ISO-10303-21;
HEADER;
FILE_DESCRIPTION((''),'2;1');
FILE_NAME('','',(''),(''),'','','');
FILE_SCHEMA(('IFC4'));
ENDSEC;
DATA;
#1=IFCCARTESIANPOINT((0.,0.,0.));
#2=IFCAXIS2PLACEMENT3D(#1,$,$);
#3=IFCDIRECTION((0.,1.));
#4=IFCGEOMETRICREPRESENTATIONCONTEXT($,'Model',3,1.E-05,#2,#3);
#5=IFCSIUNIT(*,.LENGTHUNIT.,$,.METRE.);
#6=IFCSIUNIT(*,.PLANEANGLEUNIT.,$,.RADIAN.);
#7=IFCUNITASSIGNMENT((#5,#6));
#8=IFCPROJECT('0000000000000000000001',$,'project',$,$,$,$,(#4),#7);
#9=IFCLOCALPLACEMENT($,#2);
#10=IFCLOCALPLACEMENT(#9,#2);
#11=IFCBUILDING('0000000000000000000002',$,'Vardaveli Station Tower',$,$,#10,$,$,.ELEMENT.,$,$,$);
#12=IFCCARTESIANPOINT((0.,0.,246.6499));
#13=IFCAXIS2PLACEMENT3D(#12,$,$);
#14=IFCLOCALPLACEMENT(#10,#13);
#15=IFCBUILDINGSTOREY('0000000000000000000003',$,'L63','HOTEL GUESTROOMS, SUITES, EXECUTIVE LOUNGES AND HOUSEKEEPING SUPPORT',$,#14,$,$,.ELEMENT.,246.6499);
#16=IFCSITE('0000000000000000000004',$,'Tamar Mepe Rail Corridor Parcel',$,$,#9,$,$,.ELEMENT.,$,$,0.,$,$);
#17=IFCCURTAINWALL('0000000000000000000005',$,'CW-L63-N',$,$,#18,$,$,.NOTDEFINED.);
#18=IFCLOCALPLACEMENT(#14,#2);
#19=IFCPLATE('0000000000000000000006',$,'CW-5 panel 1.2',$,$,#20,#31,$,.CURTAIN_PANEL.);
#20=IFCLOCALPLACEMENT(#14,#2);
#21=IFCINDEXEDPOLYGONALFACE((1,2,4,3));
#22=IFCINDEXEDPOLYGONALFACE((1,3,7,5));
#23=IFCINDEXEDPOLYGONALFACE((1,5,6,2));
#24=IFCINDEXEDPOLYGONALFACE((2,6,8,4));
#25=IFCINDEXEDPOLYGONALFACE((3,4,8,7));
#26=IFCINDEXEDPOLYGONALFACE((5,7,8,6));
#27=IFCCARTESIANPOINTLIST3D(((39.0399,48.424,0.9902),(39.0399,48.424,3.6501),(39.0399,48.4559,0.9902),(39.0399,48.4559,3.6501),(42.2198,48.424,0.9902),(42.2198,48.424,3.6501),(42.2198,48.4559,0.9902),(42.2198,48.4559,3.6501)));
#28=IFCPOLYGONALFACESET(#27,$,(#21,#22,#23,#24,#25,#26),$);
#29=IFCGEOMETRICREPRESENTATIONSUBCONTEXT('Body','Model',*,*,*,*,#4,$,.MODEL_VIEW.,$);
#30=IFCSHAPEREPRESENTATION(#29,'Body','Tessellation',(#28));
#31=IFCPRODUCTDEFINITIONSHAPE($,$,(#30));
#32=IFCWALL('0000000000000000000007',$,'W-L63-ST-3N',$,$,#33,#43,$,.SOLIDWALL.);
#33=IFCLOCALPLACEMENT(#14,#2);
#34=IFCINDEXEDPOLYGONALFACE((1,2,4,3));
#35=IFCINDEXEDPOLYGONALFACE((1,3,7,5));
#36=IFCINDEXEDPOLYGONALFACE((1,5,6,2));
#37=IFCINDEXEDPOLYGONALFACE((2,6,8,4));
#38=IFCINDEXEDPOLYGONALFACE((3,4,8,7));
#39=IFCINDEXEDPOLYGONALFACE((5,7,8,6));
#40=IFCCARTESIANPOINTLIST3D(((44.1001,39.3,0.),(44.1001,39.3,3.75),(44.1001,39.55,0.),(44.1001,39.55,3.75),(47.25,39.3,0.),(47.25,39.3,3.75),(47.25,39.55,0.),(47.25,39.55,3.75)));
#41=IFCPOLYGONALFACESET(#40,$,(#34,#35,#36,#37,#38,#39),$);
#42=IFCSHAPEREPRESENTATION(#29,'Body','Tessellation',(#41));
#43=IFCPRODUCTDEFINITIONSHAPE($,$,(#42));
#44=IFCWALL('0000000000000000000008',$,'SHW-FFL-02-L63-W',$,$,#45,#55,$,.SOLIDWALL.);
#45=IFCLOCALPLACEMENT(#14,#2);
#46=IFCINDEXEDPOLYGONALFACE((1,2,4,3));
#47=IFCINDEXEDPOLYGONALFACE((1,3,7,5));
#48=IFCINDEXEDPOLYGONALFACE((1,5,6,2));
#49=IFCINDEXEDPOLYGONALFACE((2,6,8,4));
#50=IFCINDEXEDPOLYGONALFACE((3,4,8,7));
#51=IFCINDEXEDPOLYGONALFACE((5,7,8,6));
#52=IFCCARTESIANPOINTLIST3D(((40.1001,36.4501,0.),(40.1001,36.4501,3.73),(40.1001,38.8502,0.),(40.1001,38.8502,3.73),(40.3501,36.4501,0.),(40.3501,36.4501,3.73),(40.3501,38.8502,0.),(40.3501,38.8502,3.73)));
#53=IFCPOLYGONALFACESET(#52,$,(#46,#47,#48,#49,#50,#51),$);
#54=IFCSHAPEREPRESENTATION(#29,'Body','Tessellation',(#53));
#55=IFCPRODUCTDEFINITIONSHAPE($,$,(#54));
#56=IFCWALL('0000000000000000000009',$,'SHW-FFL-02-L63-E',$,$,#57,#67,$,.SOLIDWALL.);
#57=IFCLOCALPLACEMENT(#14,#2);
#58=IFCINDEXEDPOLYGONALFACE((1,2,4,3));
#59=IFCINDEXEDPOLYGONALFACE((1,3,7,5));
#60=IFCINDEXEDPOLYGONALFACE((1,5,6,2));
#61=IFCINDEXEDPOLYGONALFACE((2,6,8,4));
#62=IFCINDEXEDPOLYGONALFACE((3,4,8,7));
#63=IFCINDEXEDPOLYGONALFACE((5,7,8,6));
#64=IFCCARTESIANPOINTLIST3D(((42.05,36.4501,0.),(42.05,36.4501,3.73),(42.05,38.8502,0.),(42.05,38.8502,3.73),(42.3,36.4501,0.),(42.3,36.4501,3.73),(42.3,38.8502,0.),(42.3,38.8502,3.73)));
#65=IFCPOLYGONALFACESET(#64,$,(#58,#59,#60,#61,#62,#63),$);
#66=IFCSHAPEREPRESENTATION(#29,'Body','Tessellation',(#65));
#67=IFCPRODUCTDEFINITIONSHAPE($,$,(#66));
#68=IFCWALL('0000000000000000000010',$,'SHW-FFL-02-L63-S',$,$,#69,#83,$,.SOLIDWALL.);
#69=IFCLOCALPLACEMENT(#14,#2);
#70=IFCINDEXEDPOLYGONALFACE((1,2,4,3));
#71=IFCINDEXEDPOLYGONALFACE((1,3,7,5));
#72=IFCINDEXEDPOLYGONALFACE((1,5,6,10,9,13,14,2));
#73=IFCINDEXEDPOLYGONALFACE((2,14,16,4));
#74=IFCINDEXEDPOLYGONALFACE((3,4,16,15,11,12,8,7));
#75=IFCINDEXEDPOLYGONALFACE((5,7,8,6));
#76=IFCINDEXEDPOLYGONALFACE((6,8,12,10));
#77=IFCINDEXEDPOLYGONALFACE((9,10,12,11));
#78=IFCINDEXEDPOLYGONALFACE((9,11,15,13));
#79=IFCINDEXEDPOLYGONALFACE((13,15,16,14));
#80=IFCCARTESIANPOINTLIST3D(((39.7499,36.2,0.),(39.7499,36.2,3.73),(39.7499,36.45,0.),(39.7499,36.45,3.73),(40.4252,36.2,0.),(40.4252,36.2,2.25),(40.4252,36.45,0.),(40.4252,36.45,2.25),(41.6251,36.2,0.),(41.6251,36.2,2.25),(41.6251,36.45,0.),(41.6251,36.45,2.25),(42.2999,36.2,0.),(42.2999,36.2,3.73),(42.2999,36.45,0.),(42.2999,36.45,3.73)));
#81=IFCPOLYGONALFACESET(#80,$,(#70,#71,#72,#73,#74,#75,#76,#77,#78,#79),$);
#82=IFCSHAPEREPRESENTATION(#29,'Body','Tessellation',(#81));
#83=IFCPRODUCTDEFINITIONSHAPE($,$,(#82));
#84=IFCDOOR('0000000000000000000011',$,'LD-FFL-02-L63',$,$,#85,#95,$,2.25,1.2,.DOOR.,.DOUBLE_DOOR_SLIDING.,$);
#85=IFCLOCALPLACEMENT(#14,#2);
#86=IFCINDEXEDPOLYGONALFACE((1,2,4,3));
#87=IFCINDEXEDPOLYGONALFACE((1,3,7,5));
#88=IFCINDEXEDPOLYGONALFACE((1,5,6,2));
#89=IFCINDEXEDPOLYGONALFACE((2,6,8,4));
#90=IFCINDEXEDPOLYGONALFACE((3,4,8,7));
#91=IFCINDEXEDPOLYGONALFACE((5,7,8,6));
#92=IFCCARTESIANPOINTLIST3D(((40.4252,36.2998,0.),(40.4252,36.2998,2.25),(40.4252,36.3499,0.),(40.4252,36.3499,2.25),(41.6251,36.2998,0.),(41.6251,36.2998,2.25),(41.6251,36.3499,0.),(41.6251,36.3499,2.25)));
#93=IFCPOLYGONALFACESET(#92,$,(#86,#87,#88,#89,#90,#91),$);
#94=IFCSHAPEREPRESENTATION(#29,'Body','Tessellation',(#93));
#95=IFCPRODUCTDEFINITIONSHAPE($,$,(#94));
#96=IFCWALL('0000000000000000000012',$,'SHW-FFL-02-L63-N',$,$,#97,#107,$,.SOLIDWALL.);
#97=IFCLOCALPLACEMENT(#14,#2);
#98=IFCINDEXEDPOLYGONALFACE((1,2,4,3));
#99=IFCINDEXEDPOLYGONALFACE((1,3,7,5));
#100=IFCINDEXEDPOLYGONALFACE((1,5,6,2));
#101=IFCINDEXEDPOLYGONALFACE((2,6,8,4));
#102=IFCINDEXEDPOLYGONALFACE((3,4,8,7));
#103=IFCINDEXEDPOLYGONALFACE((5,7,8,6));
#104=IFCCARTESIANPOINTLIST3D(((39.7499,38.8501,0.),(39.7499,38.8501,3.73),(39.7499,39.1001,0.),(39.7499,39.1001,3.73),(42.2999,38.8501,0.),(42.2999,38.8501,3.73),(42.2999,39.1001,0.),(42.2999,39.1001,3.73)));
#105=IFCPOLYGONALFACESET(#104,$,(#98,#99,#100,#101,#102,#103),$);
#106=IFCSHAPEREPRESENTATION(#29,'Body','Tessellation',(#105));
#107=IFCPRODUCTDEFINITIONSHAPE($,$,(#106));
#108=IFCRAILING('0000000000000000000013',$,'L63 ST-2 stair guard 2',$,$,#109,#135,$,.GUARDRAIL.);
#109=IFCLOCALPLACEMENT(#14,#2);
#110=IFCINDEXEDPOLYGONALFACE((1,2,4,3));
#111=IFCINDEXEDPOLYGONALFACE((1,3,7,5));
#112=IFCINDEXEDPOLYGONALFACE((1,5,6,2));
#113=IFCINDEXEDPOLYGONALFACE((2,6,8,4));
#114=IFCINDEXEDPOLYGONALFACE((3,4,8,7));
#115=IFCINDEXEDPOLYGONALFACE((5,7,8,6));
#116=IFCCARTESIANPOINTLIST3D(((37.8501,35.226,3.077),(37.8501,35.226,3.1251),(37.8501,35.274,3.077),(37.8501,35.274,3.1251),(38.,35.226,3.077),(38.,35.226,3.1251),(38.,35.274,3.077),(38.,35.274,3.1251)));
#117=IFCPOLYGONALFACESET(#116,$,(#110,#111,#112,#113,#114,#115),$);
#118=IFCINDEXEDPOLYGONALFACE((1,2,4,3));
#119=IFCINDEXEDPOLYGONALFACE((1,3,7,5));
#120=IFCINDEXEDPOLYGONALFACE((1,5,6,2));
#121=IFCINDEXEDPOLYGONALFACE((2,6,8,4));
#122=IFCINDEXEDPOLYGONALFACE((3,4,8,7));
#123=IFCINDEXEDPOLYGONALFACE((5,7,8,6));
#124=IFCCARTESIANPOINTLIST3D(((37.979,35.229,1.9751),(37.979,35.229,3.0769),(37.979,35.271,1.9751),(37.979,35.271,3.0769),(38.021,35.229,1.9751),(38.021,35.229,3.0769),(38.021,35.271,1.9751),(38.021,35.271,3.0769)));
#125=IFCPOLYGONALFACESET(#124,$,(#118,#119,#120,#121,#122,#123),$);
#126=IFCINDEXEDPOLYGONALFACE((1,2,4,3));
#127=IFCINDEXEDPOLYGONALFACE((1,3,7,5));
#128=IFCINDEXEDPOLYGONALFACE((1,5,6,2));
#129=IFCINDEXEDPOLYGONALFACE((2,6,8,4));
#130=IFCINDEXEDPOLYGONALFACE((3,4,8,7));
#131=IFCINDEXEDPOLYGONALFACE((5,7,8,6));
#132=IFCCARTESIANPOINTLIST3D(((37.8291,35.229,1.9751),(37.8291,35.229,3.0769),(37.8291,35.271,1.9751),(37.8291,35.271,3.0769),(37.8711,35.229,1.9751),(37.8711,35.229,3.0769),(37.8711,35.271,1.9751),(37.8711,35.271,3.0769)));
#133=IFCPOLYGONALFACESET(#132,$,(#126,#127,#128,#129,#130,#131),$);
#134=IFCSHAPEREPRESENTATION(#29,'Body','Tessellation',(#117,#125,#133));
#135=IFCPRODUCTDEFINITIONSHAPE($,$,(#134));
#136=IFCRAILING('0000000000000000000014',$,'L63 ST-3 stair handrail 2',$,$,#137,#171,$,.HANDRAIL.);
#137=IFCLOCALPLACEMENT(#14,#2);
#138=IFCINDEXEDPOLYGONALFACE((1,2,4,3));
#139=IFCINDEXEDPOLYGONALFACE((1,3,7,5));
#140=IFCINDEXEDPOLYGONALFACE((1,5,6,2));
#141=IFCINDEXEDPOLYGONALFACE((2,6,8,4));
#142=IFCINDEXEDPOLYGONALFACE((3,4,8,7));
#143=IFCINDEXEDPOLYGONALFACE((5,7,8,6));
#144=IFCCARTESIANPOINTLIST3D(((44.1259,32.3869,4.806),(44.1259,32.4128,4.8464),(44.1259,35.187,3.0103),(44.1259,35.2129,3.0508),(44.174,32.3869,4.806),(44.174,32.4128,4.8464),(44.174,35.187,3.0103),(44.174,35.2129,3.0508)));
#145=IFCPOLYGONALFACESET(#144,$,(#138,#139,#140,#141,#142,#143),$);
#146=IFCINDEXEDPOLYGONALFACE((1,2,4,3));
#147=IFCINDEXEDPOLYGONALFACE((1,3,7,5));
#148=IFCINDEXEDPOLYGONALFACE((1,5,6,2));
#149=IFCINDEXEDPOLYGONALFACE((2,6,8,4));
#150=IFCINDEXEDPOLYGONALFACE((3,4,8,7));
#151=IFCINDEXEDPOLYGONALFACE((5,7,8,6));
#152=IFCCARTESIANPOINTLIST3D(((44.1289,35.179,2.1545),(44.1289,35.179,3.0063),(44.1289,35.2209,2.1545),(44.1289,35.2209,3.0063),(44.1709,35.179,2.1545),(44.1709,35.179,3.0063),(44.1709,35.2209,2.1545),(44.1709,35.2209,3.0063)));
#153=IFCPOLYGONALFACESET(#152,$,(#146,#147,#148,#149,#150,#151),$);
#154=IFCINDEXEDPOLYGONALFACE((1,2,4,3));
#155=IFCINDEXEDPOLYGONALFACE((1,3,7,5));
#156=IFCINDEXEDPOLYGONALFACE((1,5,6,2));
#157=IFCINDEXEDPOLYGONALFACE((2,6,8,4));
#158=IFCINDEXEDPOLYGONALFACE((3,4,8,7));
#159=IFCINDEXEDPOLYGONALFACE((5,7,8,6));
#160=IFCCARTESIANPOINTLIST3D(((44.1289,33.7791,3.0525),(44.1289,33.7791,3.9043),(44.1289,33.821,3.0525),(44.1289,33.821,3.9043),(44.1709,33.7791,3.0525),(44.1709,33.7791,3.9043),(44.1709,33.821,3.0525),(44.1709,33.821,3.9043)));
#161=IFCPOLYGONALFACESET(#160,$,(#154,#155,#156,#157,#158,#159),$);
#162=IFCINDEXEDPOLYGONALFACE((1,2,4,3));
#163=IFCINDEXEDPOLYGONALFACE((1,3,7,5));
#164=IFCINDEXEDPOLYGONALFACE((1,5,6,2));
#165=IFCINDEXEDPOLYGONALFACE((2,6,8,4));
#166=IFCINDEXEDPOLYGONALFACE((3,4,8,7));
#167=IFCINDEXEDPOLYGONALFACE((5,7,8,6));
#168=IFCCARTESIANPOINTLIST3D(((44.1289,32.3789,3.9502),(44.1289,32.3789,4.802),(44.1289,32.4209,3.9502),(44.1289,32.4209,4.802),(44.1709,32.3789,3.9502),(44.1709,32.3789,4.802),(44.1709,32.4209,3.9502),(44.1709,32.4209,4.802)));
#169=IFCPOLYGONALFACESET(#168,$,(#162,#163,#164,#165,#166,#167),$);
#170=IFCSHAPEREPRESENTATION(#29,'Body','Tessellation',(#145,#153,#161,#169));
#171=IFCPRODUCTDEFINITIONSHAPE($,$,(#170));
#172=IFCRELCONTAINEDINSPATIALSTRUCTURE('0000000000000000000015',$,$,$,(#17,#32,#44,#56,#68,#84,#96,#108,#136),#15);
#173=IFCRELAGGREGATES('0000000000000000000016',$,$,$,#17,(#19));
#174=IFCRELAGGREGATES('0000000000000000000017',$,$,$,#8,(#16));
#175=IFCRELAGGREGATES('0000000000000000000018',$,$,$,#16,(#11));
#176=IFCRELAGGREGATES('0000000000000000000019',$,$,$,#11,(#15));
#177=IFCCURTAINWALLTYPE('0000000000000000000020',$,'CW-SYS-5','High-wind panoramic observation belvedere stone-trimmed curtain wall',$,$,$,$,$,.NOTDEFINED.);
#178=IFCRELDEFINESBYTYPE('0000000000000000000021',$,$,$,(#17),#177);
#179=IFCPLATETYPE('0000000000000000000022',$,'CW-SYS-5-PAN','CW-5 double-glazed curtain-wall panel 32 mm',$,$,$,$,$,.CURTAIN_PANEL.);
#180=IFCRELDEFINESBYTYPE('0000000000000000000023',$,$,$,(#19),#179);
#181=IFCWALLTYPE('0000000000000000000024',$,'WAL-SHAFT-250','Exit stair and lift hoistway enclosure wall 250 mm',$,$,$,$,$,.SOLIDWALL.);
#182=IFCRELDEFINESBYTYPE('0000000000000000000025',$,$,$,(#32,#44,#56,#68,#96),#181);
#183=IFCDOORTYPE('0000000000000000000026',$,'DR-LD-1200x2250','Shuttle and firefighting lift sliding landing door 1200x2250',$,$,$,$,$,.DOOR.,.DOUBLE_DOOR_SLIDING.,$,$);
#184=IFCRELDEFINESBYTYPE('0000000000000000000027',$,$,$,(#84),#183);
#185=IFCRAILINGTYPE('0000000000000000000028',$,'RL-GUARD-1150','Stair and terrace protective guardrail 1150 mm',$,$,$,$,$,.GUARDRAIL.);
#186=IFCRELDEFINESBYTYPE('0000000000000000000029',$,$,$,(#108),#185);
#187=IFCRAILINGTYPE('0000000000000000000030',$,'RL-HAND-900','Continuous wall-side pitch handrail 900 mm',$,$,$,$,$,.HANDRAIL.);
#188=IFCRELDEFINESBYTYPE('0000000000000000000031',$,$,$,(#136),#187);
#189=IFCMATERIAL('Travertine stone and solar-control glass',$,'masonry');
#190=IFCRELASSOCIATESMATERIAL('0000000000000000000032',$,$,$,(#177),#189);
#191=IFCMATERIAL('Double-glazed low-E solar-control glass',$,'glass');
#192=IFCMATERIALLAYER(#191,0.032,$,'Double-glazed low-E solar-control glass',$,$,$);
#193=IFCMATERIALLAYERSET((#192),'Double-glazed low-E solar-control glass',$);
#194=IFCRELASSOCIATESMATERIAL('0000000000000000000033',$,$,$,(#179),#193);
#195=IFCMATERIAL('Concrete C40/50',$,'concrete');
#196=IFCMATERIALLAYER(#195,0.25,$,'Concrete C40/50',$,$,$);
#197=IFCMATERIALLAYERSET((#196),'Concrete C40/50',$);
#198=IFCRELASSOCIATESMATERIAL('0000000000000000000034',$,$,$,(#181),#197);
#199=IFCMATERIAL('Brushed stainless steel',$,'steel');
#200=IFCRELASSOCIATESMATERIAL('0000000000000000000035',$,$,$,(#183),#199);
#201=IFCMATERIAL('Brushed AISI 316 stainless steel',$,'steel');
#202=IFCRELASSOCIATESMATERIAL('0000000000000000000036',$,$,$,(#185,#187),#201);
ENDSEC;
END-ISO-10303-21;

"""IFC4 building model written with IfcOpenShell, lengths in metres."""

from ifc_helpers import new_model, si_unit, direction, frame, frame_2d, origin, origin_2d, place, context, subcontext, project, spatial, rectangle, extrude, source, transform, mapped, material, layer, layer_set, type_object, element, fill, aggregate, save


model = new_model("IFC4")

# Units and contexts
model_context = context("Model", 3, precision=1e-05, world=origin(), true_north=direction((0.0, 1.0)))
body_context = subcontext(model_context, "Body", "Model", "MODEL_VIEW")
ifc_project = project(units=[si_unit("LENGTHUNIT", "METRE"), si_unit("PLANEANGLEUNIT", "RADIAN")], contexts=[model_context])

# Site, building, storey
site_placement = place(None, origin())
site = spatial("IfcSite", under=ifc_project, at=site_placement, Name="Tamar Mepe Rail Corridor Parcel", CompositionType="ELEMENT", RefElevation=0.0)
building_placement = place(site_placement, origin())
building = spatial("IfcBuilding", under=site, at=building_placement, Name="Vardaveli Station Tower", CompositionType="ELEMENT")
storey_placement = place(building_placement, frame((0.0, 0.0, 246.6499)))
storey = spatial("IfcBuildingStorey", under=building, at=storey_placement, Name="L63", Description="HOTEL GUESTROOMS, SUITES, EXECUTIVE LOUNGES AND HOUSEKEEPING SUPPORT", CompositionType="ELEMENT", Elevation=246.6499)

# Curtain wall, plate
ifc_material_1 = material(Name="Travertine stone and solar-control glass", Category="masonry")
curtain_wall_type = type_object("IfcCurtainWallType", Name="CW-SYS-5", Description="High-wind panoramic observation belvedere stone-trimmed curtain wall", PredefinedType="NOTDEFINED", material=ifc_material_1)
curtain_wall_placement = place(storey_placement, origin())
curtain_wall = element("IfcCurtainWall", 1, at=curtain_wall_placement, inside=storey, type_object=curtain_wall_type, Name="CW-L63-N", PredefinedType="NOTDEFINED")
ifc_material_2 = material(Name="Double-glazed low-E solar-control glass", Category="glass")
ifc_layer_1 = layer(ifc_material_2, 0.032, Name="Double-glazed low-E solar-control glass")
ifc_layer_set_1 = layer_set([ifc_layer_1], Name="Double-glazed low-E solar-control glass")
plate_type = type_object("IfcPlateType", Name="CW-SYS-5-PAN", Description="CW-5 double-glazed curtain-wall panel 32 mm", PredefinedType="CURTAIN_PANEL", material=ifc_layer_set_1)
shared_shape_1 = source(origin(), body_context, "Body", "SweptSolid", [
    extrude(rectangle(XDim=3.1799, YDim=0.032, at=origin_2d()), origin(), (0.0, 0.0, 1.0), 2.6599),
])
plate_1_placement = place(storey_placement, frame((40.6299, 48.4399, 0.9902), z_axis=(0.0, 0.0, 1.0), x_axis=(-1.0, 0.0, 0.0)))
plate_1 = element("IfcPlate", 2, at=plate_1_placement, type_object=plate_type, Name="CW-5 panel 1.2", PredefinedType="CURTAIN_PANEL", context=body_context, shape_type="MappedRepresentation", body=[
    mapped(shared_shape_1, transform((0.0, 0.0, 0.0), scale=1.0)),
])
aggregate(curtain_wall, [plate_1])

# Walls
ifc_material_3 = material(Name="Concrete C40/50", Category="concrete")
ifc_layer_2 = layer(ifc_material_3, 0.25, Name="Concrete C40/50")
ifc_layer_set_2 = layer_set([ifc_layer_2], Name="Concrete C40/50")
wall_type = type_object("IfcWallType", Name="WAL-SHAFT-250", Description="Exit stair and lift hoistway enclosure wall 250 mm", PredefinedType="SOLIDWALL", material=ifc_layer_set_2)
shared_shape_2 = source(origin(), body_context, "Body", "SweptSolid", [
    extrude(rectangle(XDim=3.1499, YDim=0.25, at=frame_2d((1.575, 0.0))), origin(), (0.0, 0.0, 1.0), 3.75),
])
wall_1_placement = place(storey_placement, frame((44.1001, 39.425, 0.0), z_axis=(0.0, 0.0, 1.0), x_axis=(1.0, 0.0, 0.0)))
element("IfcWall", 3, at=wall_1_placement, inside=storey, type_object=wall_type, Name="W-L63-ST-3N", PredefinedType="SOLIDWALL", context=body_context, shape_type="MappedRepresentation", body=[
    mapped(shared_shape_2, transform((0.0, 0.0, 0.0), scale=1.0)),
])
shared_shape_3 = source(origin(), body_context, "Body", "SweptSolid", [
    extrude(rectangle(XDim=2.4001, YDim=0.25, at=frame_2d((1.2002, 0.0))), origin(), (0.0, 0.0, 1.0), 3.73),
])
for number, where, z_axis, x_axis, name in (
    (4, (40.2251, 36.45, 0.0), (0.0, 0.0, 1.0), (0.0, 1.0, 0.0), "SHW-FFL-02-L63-W"),
    (5, (42.175, 36.45, 0.0), (0.0, 0.0, 1.0), (0.0, 1.0, 0.0), "SHW-FFL-02-L63-E"),
):
    element("IfcWall", number, at=place(storey_placement, frame(where, z_axis=z_axis, x_axis=x_axis)), inside=storey, type_object=wall_type, Name=name, PredefinedType="SOLIDWALL", context=body_context, shape_type="MappedRepresentation", body=[
        mapped(shared_shape_3, transform((0.0, 0.0, 0.0), scale=1.0)),
    ])

# Wall, opening, door
shared_shape_4 = source(origin(), body_context, "Body", "SweptSolid", [
    extrude(rectangle(XDim=2.55, YDim=0.25, at=frame_2d((1.2749, 0.0))), origin(), (0.0, 0.0, 1.0), 3.73),
])
wall_2_placement = place(storey_placement, frame((39.75, 36.325, 0.0), z_axis=(0.0, 0.0, 1.0), x_axis=(1.0, 0.0, 0.0)))
wall_2 = element("IfcWall", 6, at=wall_2_placement, inside=storey, type_object=wall_type, Name="SHW-FFL-02-L63-S", PredefinedType="SOLIDWALL", context=body_context, shape_type="MappedRepresentation", body=[
    mapped(shared_shape_4, transform((0.0, 0.0, 0.0), scale=1.0)),
])
shared_shape_5 = source(origin(), body_context, "Body", "SweptSolid", [
    extrude(rectangle(XDim=1.2, YDim=2.25, at=frame_2d((0.6001, 1.125))), frame((0.0, 0.135, 0.0), z_axis=(0.0, -1.0, 0.0), x_axis=(1.0, 0.0, 0.0)), (0.0, 0.0, 1.0), 0.27),
])
opening_placement = place(wall_2_placement, frame((0.675, 0.0, 0.0)))
opening = element("IfcOpeningElement", 7, at=opening_placement, cuts=wall_2, PredefinedType="OPENING", context=body_context, shape_type="MappedRepresentation", body=[
    mapped(shared_shape_5, transform((0.0, 0.0, 0.0), scale=1.0)),
])
ifc_material_4 = material(Name="Brushed stainless steel", Category="steel")
door_type = type_object("IfcDoorType", Name="DR-LD-1200x2250", Description="Shuttle and firefighting lift sliding landing door 1200x2250", OperationType="DOUBLE_DOOR_SLIDING", PredefinedType="DOOR", material=ifc_material_4)
shared_shape_6 = source(origin(), body_context, "Body", "SweptSolid", [
    extrude(rectangle(XDim=1.2, YDim=2.25, at=frame_2d((0.6001, 1.125))), frame((0.0, 0.0249, 0.0), z_axis=(0.0, -1.0, 0.0), x_axis=(1.0, 0.0, 0.0)), (0.0, 0.0, 1.0), 0.05),
])
door_placement = place(opening_placement, origin())
door = element("IfcDoor", 8, at=door_placement, inside=storey, type_object=door_type, Name="LD-FFL-02-L63", OperationType="DOUBLE_DOOR_SLIDING", OverallHeight=2.25, OverallWidth=1.2, PredefinedType="DOOR", context=body_context, shape_type="MappedRepresentation", body=[
    mapped(shared_shape_6, transform((0.0, 0.0, 0.0), scale=1.0)),
])
fill(opening, door)

# Wall
wall_3_placement = place(storey_placement, frame((39.75, 38.9751, 0.0), z_axis=(0.0, 0.0, 1.0), x_axis=(1.0, 0.0, 0.0)))
element("IfcWall", 9, at=wall_3_placement, inside=storey, type_object=wall_type, Name="SHW-FFL-02-L63-N", PredefinedType="SOLIDWALL", context=body_context, shape_type="MappedRepresentation", body=[
    mapped(shared_shape_4, transform((0.0, 0.0, 0.0), scale=1.0)),
])

# Railings
ifc_material_5 = material(Name="Brushed AISI 316 stainless steel", Category="steel")
railing_type_1 = type_object("IfcRailingType", Name="RL-GUARD-1150", Description="Stair and terrace protective guardrail 1150 mm", PredefinedType="GUARDRAIL", material=ifc_material_5)
shared_shape_7 = source(origin(), body_context, "Body", "SweptSolid", [
    extrude(rectangle(XDim=0.0481, YDim=0.0481, at=origin_2d()), frame((0.0, 0.0, 1.126), z_axis=(-1.0, 0.0, 0.0), x_axis=(0.0, -1.0, 0.0)), (0.0, 0.0, 1.0), 0.1499),
    extrude(rectangle(XDim=0.042, YDim=0.042, at=origin_2d()), origin(), (0.0, 0.0, 1.0), 1.1018),
    extrude(rectangle(XDim=0.042, YDim=0.042, at=origin_2d()), frame((-0.1499, 0.0, 0.0)), (0.0, 0.0, 1.0), 1.1018),
])
railing_1_placement = place(storey_placement, frame((38.0, 35.25, 1.9751)))
element("IfcRailing", 10, at=railing_1_placement, inside=storey, type_object=railing_type_1, Name="L63 ST-2 stair guard 2", PredefinedType="GUARDRAIL", context=body_context, shape_type="MappedRepresentation", body=[
    mapped(shared_shape_7, transform((0.0, 0.0, 0.0), scale=1.0)),
])
railing_type_2 = type_object("IfcRailingType", Name="RL-HAND-900", Description="Continuous wall-side pitch handrail 900 mm", PredefinedType="HANDRAIL", material=ifc_material_5)
shared_shape_8 = source(origin(), body_context, "Body", "SweptSolid", [
    extrude(rectangle(XDim=0.0481, YDim=0.0481, at=origin_2d()), frame((0.0, 0.0, 0.876), z_axis=(0.0, -0.841777, 0.539826), x_axis=(1.0, 0.0, 0.0)), (0.0, 0.0, 1.0), 3.3264),
    extrude(rectangle(XDim=0.042, YDim=0.042, at=origin_2d()), origin(), (0.0, 0.0, 1.0), 0.8518),
    extrude(rectangle(XDim=0.042, YDim=0.042, at=origin_2d()), frame((0.0, -1.3999, 0.8979)), (0.0, 0.0, 1.0), 0.8518),
    extrude(rectangle(XDim=0.042, YDim=0.042, at=origin_2d()), frame((0.0, -2.8, 1.7957)), (0.0, 0.0, 1.0), 0.8518),
])
railing_2_placement = place(storey_placement, frame((44.1499, 35.2, 2.1545)))
element("IfcRailing", 11, at=railing_2_placement, inside=storey, type_object=railing_type_2, Name="L63 ST-3 stair handrail 2", PredefinedType="HANDRAIL", context=body_context, shape_type="MappedRepresentation", body=[
    mapped(shared_shape_8, transform((0.0, 0.0, 0.0), scale=1.0)),
])

save(model, "model.ifc")
